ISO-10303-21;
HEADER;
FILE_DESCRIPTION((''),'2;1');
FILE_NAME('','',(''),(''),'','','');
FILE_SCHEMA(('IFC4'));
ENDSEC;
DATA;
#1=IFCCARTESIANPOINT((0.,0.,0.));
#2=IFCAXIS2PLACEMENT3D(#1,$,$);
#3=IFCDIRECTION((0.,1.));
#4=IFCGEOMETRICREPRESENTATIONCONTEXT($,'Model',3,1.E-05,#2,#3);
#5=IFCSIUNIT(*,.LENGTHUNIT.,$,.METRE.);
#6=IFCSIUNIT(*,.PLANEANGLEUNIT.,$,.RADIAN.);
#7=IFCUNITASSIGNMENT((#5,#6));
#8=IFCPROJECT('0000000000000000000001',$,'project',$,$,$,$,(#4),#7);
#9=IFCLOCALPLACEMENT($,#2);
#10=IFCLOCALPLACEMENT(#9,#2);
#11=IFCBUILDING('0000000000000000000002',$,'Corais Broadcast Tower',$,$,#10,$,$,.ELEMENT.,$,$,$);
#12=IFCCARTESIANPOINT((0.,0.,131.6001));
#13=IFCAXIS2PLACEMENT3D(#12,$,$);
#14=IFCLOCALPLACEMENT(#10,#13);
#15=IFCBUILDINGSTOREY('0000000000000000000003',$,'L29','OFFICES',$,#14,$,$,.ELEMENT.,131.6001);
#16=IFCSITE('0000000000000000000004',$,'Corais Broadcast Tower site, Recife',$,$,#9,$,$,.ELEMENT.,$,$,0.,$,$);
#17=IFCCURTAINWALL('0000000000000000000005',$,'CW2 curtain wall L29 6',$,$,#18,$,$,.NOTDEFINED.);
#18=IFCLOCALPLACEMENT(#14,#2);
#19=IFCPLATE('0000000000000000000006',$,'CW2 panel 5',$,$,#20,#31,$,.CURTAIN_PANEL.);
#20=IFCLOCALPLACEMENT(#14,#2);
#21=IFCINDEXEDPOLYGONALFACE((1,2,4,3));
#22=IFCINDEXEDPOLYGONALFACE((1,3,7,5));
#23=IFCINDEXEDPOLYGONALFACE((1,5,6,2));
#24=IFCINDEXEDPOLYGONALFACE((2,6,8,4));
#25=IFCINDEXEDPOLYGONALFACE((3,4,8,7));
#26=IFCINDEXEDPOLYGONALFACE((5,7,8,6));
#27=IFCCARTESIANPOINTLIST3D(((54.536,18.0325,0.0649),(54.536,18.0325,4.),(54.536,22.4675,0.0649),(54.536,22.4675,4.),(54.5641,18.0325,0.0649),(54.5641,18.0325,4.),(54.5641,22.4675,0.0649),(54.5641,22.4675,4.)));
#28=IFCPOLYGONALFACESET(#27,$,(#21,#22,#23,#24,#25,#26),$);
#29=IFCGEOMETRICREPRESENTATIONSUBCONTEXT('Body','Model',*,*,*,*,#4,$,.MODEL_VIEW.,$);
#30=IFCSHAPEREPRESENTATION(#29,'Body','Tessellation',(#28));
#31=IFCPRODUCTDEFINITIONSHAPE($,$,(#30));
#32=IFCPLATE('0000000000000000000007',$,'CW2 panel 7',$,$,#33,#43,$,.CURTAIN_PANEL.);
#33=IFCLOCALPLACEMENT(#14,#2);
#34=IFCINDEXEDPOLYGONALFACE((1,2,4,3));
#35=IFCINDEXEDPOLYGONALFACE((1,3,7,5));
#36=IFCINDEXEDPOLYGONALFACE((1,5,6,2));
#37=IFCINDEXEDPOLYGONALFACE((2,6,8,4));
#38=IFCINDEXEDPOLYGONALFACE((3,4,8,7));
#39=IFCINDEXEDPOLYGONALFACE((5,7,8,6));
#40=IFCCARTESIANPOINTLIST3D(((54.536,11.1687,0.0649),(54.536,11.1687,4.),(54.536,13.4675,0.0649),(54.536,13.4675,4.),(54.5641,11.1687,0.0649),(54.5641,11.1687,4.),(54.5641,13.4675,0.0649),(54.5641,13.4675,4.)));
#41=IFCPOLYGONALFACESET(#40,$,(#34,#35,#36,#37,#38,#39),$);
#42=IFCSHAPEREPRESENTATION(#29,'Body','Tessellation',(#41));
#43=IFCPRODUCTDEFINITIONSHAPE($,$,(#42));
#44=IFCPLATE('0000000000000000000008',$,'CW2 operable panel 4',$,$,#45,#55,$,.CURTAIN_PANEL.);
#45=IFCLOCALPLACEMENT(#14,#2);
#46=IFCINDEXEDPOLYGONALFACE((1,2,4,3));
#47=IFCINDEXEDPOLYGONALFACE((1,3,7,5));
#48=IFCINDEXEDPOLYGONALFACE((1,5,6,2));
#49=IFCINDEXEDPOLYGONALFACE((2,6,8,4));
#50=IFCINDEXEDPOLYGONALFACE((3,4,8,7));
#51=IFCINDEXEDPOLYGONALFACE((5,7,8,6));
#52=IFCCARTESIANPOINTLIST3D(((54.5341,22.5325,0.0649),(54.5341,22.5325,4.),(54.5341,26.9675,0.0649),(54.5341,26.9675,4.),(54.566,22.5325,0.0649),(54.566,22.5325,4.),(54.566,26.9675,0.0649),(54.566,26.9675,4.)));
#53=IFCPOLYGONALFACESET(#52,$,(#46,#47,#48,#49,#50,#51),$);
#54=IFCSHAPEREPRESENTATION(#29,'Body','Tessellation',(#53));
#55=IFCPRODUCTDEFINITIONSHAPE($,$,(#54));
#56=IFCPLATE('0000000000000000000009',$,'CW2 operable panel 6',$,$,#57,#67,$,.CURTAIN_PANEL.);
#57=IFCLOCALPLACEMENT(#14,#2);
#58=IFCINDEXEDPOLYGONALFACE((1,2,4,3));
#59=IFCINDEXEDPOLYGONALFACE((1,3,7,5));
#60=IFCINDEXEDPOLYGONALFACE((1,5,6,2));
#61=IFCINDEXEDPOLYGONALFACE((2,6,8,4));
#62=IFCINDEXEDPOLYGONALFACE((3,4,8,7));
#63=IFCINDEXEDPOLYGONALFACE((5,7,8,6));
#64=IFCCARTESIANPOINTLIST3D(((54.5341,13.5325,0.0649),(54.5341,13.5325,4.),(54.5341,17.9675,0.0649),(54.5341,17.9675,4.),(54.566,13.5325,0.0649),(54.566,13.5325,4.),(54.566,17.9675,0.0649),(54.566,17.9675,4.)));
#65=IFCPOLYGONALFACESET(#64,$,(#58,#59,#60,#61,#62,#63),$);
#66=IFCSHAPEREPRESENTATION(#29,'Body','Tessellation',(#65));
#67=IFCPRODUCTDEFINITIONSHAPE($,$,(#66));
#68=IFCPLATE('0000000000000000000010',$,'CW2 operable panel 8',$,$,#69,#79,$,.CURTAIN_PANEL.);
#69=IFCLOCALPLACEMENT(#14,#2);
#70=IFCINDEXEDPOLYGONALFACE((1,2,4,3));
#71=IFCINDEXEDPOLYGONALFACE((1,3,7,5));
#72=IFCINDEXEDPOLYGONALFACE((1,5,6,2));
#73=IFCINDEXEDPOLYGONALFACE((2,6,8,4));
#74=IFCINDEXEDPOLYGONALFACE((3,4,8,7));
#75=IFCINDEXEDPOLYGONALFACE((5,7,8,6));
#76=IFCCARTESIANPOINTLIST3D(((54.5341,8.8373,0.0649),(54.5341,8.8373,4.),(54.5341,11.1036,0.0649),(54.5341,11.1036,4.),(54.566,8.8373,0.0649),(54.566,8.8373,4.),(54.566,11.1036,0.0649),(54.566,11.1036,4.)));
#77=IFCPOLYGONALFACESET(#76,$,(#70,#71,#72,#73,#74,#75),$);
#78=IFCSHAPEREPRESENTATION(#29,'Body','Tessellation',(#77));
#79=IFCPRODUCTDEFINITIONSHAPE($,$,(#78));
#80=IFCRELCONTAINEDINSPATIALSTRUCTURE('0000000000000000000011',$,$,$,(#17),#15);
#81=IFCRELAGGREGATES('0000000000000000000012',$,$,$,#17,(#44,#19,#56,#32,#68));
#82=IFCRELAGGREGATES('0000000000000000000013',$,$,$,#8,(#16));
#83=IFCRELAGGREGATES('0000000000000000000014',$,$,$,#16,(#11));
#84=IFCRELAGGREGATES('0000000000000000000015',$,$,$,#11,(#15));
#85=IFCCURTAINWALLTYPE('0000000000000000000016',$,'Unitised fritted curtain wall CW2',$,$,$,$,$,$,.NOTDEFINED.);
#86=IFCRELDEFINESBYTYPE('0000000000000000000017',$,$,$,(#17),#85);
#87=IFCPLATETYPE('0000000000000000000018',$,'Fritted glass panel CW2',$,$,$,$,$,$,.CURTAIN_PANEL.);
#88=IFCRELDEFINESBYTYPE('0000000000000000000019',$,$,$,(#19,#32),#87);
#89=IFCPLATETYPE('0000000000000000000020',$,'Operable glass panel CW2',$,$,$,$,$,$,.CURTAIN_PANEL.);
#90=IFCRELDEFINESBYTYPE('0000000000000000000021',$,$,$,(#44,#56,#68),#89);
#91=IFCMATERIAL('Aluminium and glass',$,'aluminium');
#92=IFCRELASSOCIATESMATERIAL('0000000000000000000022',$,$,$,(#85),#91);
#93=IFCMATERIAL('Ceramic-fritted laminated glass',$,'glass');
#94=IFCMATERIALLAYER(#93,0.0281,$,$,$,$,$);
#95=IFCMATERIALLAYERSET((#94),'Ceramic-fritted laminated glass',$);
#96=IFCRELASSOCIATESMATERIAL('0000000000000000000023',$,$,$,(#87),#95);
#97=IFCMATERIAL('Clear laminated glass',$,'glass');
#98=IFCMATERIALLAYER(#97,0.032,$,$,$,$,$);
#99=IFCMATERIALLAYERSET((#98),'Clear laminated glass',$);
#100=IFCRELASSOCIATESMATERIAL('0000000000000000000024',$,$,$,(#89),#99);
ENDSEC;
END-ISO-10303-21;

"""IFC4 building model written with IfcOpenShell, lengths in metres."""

from ifc_helpers import new_model, si_unit, direction, frame, origin, origin_2d, place, context, subcontext, project, spatial, rectangle, extrude, material, layer, layer_set, type_object, element, aggregate, save


model = new_model("IFC4")

# Units and contexts
model_context = context("Model", 3, precision=1e-05, world=origin(), true_north=direction((0.0, 1.0)))
body_context = subcontext(model_context, "Body", "Model", "MODEL_VIEW")
ifc_project = project(units=[si_unit("LENGTHUNIT", "METRE"), si_unit("PLANEANGLEUNIT", "RADIAN")], contexts=[model_context])

# Site, building, storey
site_placement = place(None, origin())
site = spatial("IfcSite", under=ifc_project, at=site_placement, Name="Corais Broadcast Tower site, Recife", CompositionType="ELEMENT", RefElevation=0.0)
building_placement = place(site_placement, origin())
building = spatial("IfcBuilding", under=site, at=building_placement, Name="Corais Broadcast Tower", CompositionType="ELEMENT")
storey_placement = place(building_placement, frame((0.0, 0.0, 131.6001)))
storey = spatial("IfcBuildingStorey", under=building, at=storey_placement, Name="L29", Description="OFFICES", CompositionType="ELEMENT", Elevation=131.6001)

# Curtain wall
ifc_material_1 = material(Name="Aluminium and glass", Category="aluminium")
curtain_wall_type = type_object("IfcCurtainWallType", Name="Unitised fritted curtain wall CW2", PredefinedType="NOTDEFINED", material=ifc_material_1)
curtain_wall_placement = place(storey_placement, origin())
curtain_wall = element("IfcCurtainWall", 1, at=curtain_wall_placement, inside=storey, type_object=curtain_wall_type, Name="CW2 curtain wall L29 6", PredefinedType="NOTDEFINED")

# Plates
ifc_material_2 = material(Name="Ceramic-fritted laminated glass", Category="glass")
ifc_layer_1 = layer(ifc_material_2, 0.0281)
ifc_layer_set_1 = layer_set([ifc_layer_1], Name="Ceramic-fritted laminated glass")
plate_type_1 = type_object("IfcPlateType", Name="Fritted glass panel CW2", PredefinedType="CURTAIN_PANEL", material=ifc_layer_set_1)
plate_1_placement = place(storey_placement, frame((54.55, 20.25, 0.0649), z_axis=(0.0, 0.0, 1.0), x_axis=(0.0, -1.0, 0.0)))
plate_1 = element("IfcPlate", 2, at=plate_1_placement, type_object=plate_type_1, Name="CW2 panel 5", PredefinedType="CURTAIN_PANEL", context=body_context, shape_type="SweptSolid", body=[
    extrude(rectangle(XDim=4.4351, YDim=0.0281, at=origin_2d()), origin(), (0.0, 0.0, 1.0), 3.9351),
])
plate_2_placement = place(storey_placement, frame((54.55, 12.3181, 0.0649), z_axis=(0.0, 0.0, 1.0), x_axis=(0.0, -1.0, 0.0)))
plate_2 = element("IfcPlate", 3, at=plate_2_placement, type_object=plate_type_1, Name="CW2 panel 7", PredefinedType="CURTAIN_PANEL", context=body_context, shape_type="SweptSolid", body=[
    extrude(rectangle(XDim=2.2988, YDim=0.0281, at=origin_2d()), origin(), (0.0, 0.0, 1.0), 3.9351),
])
ifc_material_3 = material(Name="Clear laminated glass", Category="glass")
ifc_layer_2 = layer(ifc_material_3, 0.032)
ifc_layer_set_2 = layer_set([ifc_layer_2], Name="Clear laminated glass")
plate_type_2 = type_object("IfcPlateType", Name="Operable glass panel CW2", PredefinedType="CURTAIN_PANEL", material=ifc_layer_set_2)
plate_3_placement = place(storey_placement, frame((54.55, 24.75, 0.0649), z_axis=(0.0, 0.0, 1.0), x_axis=(0.0, -1.0, 0.0)))
plate_3 = element("IfcPlate", 4, at=plate_3_placement, type_object=plate_type_2, Name="CW2 operable panel 4", PredefinedType="CURTAIN_PANEL", context=body_context, shape_type="SweptSolid", body=[
    extrude(rectangle(XDim=4.4351, YDim=0.032, at=origin_2d()), origin(), (0.0, 0.0, 1.0), 3.9351),
])
plate_4_placement = place(storey_placement, frame((54.55, 15.75, 0.0649), z_axis=(0.0, 0.0, 1.0), x_axis=(0.0, -1.0, 0.0)))
plate_4 = element("IfcPlate", 5, at=plate_4_placement, type_object=plate_type_2, Name="CW2 operable panel 6", PredefinedType="CURTAIN_PANEL", context=body_context, shape_type="SweptSolid", body=[
    extrude(rectangle(XDim=4.4351, YDim=0.032, at=origin_2d()), origin(), (0.0, 0.0, 1.0), 3.9351),
])
plate_5_placement = place(storey_placement, frame((54.55, 9.9705, 0.0649), z_axis=(0.0, 0.0, 1.0), x_axis=(0.0, -1.0, 0.0)))
plate_5 = element("IfcPlate", 6, at=plate_5_placement, type_object=plate_type_2, Name="CW2 operable panel 8", PredefinedType="CURTAIN_PANEL", context=body_context, shape_type="SweptSolid", body=[
    extrude(rectangle(XDim=2.2664, YDim=0.032, at=origin_2d()), origin(), (0.0, 0.0, 1.0), 3.9351),
])
aggregate(curtain_wall, [plate_3, plate_1, plate_4, plate_2, plate_5])

save(model, "model.ifc")
